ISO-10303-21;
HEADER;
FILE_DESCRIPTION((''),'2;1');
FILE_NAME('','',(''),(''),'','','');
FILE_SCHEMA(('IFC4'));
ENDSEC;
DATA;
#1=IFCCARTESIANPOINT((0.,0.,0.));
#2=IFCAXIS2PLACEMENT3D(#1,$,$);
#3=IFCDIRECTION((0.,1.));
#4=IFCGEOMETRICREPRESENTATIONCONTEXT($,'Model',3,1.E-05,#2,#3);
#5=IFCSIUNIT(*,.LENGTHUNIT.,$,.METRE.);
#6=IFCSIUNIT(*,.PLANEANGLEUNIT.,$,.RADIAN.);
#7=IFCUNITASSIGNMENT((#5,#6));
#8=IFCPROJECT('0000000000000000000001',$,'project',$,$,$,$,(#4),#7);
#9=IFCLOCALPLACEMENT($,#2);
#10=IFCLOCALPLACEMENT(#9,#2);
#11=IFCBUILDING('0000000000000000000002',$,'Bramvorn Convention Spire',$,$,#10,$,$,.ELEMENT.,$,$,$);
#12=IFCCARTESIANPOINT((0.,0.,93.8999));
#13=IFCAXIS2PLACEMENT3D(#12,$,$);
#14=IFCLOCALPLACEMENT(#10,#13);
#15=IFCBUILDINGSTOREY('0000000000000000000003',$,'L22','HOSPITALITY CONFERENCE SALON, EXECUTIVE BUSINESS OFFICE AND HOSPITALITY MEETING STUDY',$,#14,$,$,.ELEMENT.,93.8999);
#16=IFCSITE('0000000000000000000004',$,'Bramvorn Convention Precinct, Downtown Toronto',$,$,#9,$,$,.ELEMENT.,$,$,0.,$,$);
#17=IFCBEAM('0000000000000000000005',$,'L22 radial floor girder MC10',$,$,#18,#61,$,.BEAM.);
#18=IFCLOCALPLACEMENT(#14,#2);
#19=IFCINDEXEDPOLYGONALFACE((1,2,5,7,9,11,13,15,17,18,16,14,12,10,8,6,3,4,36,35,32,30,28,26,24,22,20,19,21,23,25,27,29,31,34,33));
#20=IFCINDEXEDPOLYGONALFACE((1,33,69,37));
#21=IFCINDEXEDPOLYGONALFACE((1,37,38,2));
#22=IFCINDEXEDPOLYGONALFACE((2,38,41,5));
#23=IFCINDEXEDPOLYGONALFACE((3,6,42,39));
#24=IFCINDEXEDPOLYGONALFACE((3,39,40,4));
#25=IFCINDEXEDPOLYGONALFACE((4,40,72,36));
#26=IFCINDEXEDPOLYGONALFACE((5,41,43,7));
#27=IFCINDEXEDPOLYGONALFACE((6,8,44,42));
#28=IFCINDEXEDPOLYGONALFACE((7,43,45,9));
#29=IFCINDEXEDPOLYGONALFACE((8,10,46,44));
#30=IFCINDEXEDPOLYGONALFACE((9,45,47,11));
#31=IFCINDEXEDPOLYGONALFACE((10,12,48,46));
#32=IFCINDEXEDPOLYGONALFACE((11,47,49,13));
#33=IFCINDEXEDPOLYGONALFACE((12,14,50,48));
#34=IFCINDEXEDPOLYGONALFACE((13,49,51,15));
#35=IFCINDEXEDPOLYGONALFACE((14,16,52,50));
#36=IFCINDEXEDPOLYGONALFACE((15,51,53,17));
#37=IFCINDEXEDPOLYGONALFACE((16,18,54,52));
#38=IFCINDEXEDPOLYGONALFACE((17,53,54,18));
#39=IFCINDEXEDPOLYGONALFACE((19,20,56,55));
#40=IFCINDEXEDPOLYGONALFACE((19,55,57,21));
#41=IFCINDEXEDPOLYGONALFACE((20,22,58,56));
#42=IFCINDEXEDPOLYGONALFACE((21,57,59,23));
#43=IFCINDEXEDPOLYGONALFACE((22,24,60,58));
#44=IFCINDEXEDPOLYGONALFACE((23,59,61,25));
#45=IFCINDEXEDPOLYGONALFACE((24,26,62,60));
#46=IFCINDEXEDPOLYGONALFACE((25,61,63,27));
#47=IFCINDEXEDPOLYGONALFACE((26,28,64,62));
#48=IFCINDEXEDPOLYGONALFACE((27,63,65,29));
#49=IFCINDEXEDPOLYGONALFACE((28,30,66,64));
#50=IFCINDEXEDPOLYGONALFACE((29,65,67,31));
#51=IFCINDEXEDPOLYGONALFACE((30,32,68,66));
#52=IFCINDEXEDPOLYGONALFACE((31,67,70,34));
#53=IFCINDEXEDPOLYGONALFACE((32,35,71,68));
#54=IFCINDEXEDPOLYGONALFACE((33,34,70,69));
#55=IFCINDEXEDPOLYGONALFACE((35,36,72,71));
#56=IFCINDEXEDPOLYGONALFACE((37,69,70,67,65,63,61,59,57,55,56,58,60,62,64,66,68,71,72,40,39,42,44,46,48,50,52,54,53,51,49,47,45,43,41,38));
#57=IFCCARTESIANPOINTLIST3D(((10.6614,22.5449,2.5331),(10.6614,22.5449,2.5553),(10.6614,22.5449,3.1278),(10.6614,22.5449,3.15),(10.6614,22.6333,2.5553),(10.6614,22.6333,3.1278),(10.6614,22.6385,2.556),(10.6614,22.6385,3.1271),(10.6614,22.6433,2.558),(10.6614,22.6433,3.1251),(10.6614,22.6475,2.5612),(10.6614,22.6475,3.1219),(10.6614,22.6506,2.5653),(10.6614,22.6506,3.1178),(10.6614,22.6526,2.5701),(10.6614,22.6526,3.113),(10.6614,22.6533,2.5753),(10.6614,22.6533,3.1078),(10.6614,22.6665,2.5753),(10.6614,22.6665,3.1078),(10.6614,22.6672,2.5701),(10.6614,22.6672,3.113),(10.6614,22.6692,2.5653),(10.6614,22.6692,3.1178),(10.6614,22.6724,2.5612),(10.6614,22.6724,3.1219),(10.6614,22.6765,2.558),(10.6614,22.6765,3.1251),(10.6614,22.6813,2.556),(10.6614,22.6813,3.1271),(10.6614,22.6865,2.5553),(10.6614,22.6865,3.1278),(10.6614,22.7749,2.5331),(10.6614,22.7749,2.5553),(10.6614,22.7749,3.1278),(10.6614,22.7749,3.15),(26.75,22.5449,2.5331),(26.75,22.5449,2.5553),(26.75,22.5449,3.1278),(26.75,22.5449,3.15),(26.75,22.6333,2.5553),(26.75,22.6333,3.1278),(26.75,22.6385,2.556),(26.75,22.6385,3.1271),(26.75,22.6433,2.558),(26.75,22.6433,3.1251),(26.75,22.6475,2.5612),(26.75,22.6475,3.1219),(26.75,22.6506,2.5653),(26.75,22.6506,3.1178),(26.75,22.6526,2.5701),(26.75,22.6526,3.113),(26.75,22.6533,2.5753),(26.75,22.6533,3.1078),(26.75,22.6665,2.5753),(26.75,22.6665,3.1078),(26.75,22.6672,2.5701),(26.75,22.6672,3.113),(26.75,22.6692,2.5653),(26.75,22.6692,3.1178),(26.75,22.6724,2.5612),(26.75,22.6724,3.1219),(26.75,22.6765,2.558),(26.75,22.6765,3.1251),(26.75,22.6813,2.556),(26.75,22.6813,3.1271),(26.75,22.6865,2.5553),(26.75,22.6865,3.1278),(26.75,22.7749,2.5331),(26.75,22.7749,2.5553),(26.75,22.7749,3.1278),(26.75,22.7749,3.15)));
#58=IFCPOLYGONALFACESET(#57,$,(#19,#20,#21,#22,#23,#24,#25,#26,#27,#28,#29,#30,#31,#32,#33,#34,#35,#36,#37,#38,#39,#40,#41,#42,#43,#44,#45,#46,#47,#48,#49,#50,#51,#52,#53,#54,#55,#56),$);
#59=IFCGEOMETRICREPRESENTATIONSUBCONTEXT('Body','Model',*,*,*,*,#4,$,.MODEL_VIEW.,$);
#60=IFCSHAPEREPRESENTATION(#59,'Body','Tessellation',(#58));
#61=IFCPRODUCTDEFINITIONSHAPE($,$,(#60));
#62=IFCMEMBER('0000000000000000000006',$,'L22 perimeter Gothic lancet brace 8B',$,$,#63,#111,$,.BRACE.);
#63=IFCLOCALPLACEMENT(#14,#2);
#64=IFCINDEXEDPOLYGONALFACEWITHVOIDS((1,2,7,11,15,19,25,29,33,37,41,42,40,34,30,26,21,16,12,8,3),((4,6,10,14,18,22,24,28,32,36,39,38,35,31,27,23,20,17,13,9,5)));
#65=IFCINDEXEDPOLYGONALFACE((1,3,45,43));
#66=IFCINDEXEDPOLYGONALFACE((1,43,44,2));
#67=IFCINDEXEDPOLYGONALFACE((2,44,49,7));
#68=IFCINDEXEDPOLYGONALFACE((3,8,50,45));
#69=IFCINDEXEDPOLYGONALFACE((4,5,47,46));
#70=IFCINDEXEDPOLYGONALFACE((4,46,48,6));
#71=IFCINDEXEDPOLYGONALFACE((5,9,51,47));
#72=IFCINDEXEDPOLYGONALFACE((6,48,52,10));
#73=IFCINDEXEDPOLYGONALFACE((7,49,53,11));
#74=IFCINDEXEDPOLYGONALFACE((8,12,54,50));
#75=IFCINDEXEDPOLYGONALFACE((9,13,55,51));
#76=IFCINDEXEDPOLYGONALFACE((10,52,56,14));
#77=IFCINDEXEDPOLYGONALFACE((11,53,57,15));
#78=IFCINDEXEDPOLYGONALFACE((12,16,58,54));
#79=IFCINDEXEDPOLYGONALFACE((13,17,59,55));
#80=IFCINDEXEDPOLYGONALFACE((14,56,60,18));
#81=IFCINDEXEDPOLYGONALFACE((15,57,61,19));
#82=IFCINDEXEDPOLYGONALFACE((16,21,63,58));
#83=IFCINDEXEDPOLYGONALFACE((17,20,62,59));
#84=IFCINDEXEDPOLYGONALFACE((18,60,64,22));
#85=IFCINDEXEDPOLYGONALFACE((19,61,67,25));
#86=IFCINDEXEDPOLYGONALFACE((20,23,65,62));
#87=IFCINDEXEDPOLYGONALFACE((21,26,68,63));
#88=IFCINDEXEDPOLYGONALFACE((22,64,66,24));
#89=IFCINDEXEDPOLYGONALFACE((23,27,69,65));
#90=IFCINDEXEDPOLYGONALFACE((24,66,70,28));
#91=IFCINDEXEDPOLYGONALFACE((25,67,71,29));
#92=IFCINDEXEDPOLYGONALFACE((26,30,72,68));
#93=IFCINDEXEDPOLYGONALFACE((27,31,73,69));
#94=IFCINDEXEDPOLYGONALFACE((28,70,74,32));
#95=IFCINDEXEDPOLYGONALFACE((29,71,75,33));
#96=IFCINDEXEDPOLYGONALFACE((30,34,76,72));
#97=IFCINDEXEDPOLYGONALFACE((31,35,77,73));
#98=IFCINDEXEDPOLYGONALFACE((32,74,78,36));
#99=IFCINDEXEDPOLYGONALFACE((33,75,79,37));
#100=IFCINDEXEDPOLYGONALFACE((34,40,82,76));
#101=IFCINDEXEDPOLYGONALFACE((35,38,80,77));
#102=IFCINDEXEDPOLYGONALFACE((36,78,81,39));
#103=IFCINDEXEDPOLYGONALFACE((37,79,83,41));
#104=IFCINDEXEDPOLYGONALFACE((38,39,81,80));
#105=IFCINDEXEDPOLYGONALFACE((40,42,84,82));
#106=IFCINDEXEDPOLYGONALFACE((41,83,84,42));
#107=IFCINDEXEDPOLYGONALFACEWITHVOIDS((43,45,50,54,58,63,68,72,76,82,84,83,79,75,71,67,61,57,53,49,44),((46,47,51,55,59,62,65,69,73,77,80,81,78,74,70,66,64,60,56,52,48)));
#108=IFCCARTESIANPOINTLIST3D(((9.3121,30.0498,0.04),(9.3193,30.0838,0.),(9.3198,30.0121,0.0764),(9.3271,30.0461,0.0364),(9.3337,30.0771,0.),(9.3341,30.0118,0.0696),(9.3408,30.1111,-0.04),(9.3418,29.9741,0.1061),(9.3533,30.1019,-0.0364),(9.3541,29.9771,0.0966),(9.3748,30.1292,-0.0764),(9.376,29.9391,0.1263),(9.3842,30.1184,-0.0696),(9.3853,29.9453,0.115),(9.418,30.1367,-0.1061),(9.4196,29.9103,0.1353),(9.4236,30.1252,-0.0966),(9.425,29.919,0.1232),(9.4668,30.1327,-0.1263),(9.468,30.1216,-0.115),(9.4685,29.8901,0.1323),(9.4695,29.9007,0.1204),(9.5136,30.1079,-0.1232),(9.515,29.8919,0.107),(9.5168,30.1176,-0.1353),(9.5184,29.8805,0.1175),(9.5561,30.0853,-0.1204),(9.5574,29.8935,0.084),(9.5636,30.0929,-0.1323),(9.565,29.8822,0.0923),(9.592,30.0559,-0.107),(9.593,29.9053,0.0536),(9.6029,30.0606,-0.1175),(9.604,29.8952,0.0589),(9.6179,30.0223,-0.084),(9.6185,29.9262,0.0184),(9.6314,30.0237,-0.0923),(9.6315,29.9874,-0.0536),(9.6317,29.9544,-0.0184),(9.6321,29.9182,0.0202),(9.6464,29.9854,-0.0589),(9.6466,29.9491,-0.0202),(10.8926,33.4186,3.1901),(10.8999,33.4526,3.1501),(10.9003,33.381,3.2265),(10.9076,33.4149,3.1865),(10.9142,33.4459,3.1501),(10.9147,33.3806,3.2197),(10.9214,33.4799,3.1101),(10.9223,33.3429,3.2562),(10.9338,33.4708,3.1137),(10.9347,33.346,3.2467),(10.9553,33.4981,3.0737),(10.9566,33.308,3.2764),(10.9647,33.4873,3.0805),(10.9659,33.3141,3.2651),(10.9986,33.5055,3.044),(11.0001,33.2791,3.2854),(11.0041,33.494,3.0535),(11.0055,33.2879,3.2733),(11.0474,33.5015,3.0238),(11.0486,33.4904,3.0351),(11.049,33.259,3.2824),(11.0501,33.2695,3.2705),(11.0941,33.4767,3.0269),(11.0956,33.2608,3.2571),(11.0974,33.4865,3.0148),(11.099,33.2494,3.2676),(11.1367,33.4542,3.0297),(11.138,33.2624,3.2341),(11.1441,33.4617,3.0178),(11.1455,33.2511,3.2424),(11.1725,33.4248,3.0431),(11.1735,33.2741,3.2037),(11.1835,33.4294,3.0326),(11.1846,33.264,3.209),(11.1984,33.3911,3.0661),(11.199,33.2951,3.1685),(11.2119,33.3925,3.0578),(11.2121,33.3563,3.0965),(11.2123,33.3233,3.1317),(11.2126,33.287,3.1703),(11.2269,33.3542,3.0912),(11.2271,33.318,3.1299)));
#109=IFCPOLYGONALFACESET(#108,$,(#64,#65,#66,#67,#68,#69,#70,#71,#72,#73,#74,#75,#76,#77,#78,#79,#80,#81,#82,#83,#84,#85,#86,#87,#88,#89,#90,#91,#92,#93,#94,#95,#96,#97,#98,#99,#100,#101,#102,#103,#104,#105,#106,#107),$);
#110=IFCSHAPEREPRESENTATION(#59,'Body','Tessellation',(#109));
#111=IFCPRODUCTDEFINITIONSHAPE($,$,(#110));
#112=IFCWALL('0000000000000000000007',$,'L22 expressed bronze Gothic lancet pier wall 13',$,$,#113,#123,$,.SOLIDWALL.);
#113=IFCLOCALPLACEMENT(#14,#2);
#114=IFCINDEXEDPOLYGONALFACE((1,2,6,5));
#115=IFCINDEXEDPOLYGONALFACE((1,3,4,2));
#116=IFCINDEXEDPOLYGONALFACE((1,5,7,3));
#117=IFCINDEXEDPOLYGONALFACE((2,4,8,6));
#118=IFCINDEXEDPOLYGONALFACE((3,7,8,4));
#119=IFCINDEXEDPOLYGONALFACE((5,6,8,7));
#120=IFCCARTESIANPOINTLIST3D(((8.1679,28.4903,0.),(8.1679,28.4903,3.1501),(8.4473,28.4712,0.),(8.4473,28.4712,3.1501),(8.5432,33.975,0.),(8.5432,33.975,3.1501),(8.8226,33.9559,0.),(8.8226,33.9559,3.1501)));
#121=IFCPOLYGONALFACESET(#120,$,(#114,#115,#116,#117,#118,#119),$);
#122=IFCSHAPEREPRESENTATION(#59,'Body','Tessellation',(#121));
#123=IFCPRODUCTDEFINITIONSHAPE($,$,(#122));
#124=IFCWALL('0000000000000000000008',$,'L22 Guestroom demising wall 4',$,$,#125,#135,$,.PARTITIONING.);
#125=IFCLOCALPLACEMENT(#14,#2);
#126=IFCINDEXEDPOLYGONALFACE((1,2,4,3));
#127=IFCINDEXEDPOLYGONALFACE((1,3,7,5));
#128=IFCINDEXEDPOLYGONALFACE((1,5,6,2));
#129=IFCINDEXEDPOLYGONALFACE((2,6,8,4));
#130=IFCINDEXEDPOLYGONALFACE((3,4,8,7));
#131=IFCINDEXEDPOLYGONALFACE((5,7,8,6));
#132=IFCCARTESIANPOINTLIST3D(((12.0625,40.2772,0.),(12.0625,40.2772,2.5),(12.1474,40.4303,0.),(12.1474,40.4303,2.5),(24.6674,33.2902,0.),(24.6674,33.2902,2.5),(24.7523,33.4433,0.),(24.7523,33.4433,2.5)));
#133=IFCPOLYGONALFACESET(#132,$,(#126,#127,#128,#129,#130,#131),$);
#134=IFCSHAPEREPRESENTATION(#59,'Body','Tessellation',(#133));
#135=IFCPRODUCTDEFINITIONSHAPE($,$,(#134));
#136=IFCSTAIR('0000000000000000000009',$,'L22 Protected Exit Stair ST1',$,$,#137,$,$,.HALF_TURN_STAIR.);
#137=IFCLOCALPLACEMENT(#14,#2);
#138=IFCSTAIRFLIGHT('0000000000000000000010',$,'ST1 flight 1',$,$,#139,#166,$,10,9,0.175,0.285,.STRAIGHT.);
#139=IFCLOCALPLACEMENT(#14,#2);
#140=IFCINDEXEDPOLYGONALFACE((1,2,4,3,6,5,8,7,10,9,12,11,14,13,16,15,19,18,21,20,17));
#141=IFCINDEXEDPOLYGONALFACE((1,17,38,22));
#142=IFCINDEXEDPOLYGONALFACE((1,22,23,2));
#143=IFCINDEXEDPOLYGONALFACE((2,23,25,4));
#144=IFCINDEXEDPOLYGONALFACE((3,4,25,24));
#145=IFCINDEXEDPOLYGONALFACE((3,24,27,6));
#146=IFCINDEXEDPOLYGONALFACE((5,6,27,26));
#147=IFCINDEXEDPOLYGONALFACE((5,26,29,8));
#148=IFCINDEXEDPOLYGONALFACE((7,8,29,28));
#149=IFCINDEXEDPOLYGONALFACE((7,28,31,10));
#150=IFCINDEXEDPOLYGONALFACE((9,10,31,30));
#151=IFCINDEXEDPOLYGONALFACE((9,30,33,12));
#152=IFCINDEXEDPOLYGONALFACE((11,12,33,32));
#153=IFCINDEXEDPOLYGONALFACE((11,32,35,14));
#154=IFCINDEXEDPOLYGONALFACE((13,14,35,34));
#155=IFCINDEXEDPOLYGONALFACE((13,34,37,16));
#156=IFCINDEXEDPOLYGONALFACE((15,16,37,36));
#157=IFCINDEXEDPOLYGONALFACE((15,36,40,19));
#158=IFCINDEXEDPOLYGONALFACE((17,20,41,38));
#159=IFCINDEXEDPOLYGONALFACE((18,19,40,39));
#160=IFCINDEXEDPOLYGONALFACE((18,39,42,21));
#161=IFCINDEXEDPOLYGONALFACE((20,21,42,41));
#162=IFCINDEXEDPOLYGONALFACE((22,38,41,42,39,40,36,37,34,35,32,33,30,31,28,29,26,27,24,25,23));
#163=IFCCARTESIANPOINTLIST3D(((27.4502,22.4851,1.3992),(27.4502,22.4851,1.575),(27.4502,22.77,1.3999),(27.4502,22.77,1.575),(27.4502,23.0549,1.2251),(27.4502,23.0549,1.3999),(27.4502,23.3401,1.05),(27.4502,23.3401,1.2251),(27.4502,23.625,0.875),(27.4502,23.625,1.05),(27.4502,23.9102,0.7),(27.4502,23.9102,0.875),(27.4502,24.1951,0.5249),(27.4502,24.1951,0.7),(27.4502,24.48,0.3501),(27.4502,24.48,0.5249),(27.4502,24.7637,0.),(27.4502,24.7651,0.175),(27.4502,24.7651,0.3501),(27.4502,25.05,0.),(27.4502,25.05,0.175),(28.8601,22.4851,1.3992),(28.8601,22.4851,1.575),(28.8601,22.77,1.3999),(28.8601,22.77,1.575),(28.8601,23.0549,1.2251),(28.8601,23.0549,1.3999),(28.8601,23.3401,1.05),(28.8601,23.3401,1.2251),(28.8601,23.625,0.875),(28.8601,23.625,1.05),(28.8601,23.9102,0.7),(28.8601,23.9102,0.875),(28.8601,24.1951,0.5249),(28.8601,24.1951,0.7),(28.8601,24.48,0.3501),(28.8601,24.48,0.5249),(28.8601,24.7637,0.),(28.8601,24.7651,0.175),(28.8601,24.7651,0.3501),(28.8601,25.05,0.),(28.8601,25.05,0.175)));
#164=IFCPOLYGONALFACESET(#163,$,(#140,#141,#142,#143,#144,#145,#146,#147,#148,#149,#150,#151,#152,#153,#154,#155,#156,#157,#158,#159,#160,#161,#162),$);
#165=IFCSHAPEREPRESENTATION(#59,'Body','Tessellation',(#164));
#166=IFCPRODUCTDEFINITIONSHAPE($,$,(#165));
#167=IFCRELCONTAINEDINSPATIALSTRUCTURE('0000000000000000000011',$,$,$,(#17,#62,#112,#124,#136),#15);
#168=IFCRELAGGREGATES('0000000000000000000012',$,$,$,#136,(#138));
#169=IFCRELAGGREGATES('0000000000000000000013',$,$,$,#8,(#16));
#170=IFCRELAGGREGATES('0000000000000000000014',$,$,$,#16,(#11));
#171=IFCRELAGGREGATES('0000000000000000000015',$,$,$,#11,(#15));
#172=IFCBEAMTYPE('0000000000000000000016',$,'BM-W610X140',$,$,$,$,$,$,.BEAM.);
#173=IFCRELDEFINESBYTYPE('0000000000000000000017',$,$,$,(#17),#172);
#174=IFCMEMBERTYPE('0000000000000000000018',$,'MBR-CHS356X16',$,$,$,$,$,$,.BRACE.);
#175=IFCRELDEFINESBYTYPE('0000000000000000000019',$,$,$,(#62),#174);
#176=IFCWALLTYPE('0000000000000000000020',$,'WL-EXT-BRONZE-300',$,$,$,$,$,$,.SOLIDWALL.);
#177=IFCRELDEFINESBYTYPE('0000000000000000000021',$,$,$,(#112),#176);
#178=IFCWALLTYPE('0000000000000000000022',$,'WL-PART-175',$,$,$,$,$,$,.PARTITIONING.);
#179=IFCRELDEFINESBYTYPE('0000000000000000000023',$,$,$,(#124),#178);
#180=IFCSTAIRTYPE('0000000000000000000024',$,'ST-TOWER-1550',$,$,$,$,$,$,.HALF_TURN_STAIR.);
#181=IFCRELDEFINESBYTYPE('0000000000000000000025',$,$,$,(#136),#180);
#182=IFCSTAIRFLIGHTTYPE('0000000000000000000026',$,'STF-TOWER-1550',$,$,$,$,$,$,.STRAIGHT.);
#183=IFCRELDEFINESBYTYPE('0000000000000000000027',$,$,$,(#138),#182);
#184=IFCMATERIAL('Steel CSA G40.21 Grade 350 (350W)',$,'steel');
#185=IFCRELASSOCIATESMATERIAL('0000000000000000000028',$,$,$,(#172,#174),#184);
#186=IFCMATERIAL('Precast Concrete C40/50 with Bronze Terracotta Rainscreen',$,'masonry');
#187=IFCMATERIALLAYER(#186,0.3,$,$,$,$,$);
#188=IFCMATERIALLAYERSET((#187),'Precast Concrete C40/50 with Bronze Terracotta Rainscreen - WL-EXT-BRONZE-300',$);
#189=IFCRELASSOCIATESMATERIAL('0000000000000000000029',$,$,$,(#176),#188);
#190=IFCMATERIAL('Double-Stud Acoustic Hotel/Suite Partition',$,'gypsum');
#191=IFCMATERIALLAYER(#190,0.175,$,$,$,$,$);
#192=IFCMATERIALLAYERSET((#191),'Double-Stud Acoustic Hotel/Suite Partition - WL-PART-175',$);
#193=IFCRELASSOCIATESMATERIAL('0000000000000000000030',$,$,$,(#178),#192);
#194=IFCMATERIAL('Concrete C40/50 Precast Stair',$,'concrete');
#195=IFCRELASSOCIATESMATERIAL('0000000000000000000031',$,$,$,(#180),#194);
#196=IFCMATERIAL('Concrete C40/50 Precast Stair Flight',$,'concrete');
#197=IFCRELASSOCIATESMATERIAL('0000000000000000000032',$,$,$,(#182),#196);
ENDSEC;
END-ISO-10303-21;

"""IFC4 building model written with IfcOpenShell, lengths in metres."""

from ifc_helpers import new_model, si_unit, direction, frame, frame_2d, origin, origin_2d, place, context, subcontext, project, spatial, polyline, rectangle, hollow_circle, i_section, outline, extrude, material, layer, layer_set, material_profile, profile_set, type_object, element, aggregate, save


model = new_model("IFC4")

# Units and contexts
model_context = context("Model", 3, precision=1e-05, world=origin(), true_north=direction((0.0, 1.0)))
body_context = subcontext(model_context, "Body", "Model", "MODEL_VIEW")
ifc_project = project(units=[si_unit("LENGTHUNIT", "METRE"), si_unit("PLANEANGLEUNIT", "RADIAN")], contexts=[model_context])

# Site, building, storey
site_placement = place(None, origin())
site = spatial("IfcSite", under=ifc_project, at=site_placement, Name="Bramvorn Convention Precinct, Downtown Toronto", CompositionType="ELEMENT", RefElevation=0.0)
building_placement = place(site_placement, origin())
building = spatial("IfcBuilding", under=site, at=building_placement, Name="Bramvorn Convention Spire", CompositionType="ELEMENT")
storey_placement = place(building_placement, frame((0.0, 0.0, 93.8999)))
storey = spatial("IfcBuildingStorey", under=building, at=storey_placement, Name="L22", Description="HOSPITALITY CONFERENCE SALON, EXECUTIVE BUSINESS OFFICE AND HOSPITALITY MEETING STUDY", CompositionType="ELEMENT", Elevation=93.8999)

# Shared definitions
ifc_material_1 = material(Name="Steel CSA G40.21 Grade 350 (350W)", Category="steel")

# Beam
ifc_material_profile_1 = material_profile(ifc_material_1, i_section(OverallWidth=0.23, OverallDepth=0.6169, WebThickness=0.0132, FlangeThickness=0.0222, FilletRadius=0.02, at=origin_2d()))
ifc_profile_set_1 = profile_set([ifc_material_profile_1], Name="Steel CSA G40.21 Grade 350 (350W) - W610X140")
beam_type_1 = type_object("IfcBeamType", Name="BM-W610X140", PredefinedType="BEAM", material=ifc_profile_set_1)
beam_1_placement = place(storey_placement, frame((26.75, 22.6599, 2.8416), z_axis=(-1.0, 0.0, 0.0), x_axis=(0.0, -1.0, 0.0)))
element("IfcBeam", 1, at=beam_1_placement, inside=storey, type_object=beam_type_1, Name="L22 radial floor girder MC10", PredefinedType="BEAM", context=body_context, shape_type="SweptSolid", body=[
    extrude(i_section(OverallWidth=0.23, OverallDepth=0.6169, WebThickness=0.0132, FlangeThickness=0.0222, FilletRadius=0.02, at=origin_2d()), origin(), (0.0, 0.0, 1.0), 16.0886),
])

# Member
ifc_material_profile_2 = material_profile(ifc_material_1, hollow_circle(Radius=0.1777, WallThickness=0.0159, at=origin_2d()))
ifc_profile_set_2 = profile_set([ifc_material_profile_2], Name="Steel CSA G40.21 Grade 350 (350W) - CHS356X16")
member_type = type_object("IfcMemberType", Name="MBR-CHS356X16", PredefinedType="BRACE", material=ifc_profile_set_2)
member_placement = place(storey_placement, frame((9.4802, 30.0083, 0.0), z_axis=(0.324182, 0.690976, 0.64611), x_axis=(-0.905315, 0.424741, 0.0)))
element("IfcMember", 2, at=member_placement, inside=storey, type_object=member_type, Name="L22 perimeter Gothic lancet brace 8B", PredefinedType="BRACE", context=body_context, shape_type="SweptSolid", body=[
    extrude(hollow_circle(Radius=0.1777, WallThickness=0.0159, at=origin_2d()), origin(), (0.0, 0.0, 1.0), 4.8755),
])

# Walls
ifc_material_2 = material(Name="Precast Concrete C40/50 with Bronze Terracotta Rainscreen", Category="masonry")
ifc_layer_1 = layer(ifc_material_2, 0.3)
ifc_layer_set_1 = layer_set([ifc_layer_1], Name="Precast Concrete C40/50 with Bronze Terracotta Rainscreen - WL-EXT-BRONZE-300")
wall_type_1 = type_object("IfcWallType", Name="WL-EXT-BRONZE-300", PredefinedType="SOLIDWALL", material=ifc_layer_set_1)
wall_1_placement = place(storey_placement, frame((8.3076, 28.4807, 0.0), z_axis=(0.0, 0.0, 1.0), x_axis=(0.068258, 0.997668, 0.0)))
element("IfcWall", 3, at=wall_1_placement, inside=storey, type_object=wall_type_1, Name="L22 expressed bronze Gothic lancet pier wall 13", PredefinedType="SOLIDWALL", context=body_context, shape_type="SweptSolid", body=[
    extrude(rectangle(XDim=5.4976, YDim=0.28, at=frame_2d((2.7488, 0.0))), origin(), (0.0, 0.0, 1.0), 3.1501),
])
ifc_material_3 = material(Name="Double-Stud Acoustic Hotel/Suite Partition", Category="gypsum")
ifc_layer_2 = layer(ifc_material_3, 0.175)
ifc_layer_set_2 = layer_set([ifc_layer_2], Name="Double-Stud Acoustic Hotel/Suite Partition - WL-PART-175")
wall_type_2 = type_object("IfcWallType", Name="WL-PART-175", PredefinedType="PARTITIONING", material=ifc_layer_set_2)
wall_2_placement = place(storey_placement, frame((24.71, 33.3667, 0.0), z_axis=(0.0, 0.0, 1.0), x_axis=(-0.87462, 0.48481, 0.0)))
element("IfcWall", 4, at=wall_2_placement, inside=storey, type_object=wall_type_2, Name="L22 Guestroom demising wall 4", PredefinedType="PARTITIONING", context=body_context, shape_type="SweptSolid", body=[
    extrude(rectangle(XDim=14.4119, YDim=0.175, at=frame_2d((7.2061, 0.0))), origin(), (0.0, 0.0, 1.0), 2.5),
])

# Stair, stair flight
ifc_material_4 = material(Name="Concrete C40/50 Precast Stair", Category="concrete")
stair_type = type_object("IfcStairType", Name="ST-TOWER-1550", PredefinedType="HALF_TURN_STAIR", material=ifc_material_4)
stair_placement = place(storey_placement, origin())
stair = element("IfcStair", 5, at=stair_placement, inside=storey, type_object=stair_type, Name="L22 Protected Exit Stair ST1", PredefinedType="HALF_TURN_STAIR")
ifc_material_5 = material(Name="Concrete C40/50 Precast Stair Flight", Category="concrete")
stair_flight_type = type_object("IfcStairFlightType", Name="STF-TOWER-1550", PredefinedType="STRAIGHT", material=ifc_material_5)
stair_flight_placement = place(storey_placement, frame((28.155, 25.05, 0.0), z_axis=(0.0, 0.0, 1.0), x_axis=(0.0, -1.0, 0.0)))
stair_flight = element("IfcStairFlight", 6, at=stair_flight_placement, type_object=stair_flight_type, Name="ST1 flight 1", NumberOfRisers=10, NumberOfTreads=9, PredefinedType="STRAIGHT", RiserHeight=0.175, TreadLength=0.285, context=body_context, shape_type="SweptSolid", body=[
    extrude(outline(polyline([(0.0, 0.0), (0.0, 0.175), (0.2849, 0.175), (0.2849, 0.3501), (0.5701, 0.3501), (0.5701, 0.5249), (0.855, 0.5249), (0.855, 0.7), (1.1399, 0.7), (1.1399, 0.875), (1.425, 0.875), (1.425, 1.05), (1.71, 1.05), (1.71, 1.2251), (1.9951, 1.2251), (1.9951, 1.3999), (2.28, 1.3999), (2.28, 1.575), (2.5649, 1.575), (2.5649, 1.75), (2.5649, 1.3992), (0.2864, 0.0), (0.0, 0.0)])), frame((0.0, 0.7051, 0.0), z_axis=(0.0, -1.0, 0.0), x_axis=(1.0, 0.0, 0.0)), (0.0, 0.0, 1.0), 1.4099),
])
aggregate(stair, [stair_flight])

save(model, "model.ifc")
